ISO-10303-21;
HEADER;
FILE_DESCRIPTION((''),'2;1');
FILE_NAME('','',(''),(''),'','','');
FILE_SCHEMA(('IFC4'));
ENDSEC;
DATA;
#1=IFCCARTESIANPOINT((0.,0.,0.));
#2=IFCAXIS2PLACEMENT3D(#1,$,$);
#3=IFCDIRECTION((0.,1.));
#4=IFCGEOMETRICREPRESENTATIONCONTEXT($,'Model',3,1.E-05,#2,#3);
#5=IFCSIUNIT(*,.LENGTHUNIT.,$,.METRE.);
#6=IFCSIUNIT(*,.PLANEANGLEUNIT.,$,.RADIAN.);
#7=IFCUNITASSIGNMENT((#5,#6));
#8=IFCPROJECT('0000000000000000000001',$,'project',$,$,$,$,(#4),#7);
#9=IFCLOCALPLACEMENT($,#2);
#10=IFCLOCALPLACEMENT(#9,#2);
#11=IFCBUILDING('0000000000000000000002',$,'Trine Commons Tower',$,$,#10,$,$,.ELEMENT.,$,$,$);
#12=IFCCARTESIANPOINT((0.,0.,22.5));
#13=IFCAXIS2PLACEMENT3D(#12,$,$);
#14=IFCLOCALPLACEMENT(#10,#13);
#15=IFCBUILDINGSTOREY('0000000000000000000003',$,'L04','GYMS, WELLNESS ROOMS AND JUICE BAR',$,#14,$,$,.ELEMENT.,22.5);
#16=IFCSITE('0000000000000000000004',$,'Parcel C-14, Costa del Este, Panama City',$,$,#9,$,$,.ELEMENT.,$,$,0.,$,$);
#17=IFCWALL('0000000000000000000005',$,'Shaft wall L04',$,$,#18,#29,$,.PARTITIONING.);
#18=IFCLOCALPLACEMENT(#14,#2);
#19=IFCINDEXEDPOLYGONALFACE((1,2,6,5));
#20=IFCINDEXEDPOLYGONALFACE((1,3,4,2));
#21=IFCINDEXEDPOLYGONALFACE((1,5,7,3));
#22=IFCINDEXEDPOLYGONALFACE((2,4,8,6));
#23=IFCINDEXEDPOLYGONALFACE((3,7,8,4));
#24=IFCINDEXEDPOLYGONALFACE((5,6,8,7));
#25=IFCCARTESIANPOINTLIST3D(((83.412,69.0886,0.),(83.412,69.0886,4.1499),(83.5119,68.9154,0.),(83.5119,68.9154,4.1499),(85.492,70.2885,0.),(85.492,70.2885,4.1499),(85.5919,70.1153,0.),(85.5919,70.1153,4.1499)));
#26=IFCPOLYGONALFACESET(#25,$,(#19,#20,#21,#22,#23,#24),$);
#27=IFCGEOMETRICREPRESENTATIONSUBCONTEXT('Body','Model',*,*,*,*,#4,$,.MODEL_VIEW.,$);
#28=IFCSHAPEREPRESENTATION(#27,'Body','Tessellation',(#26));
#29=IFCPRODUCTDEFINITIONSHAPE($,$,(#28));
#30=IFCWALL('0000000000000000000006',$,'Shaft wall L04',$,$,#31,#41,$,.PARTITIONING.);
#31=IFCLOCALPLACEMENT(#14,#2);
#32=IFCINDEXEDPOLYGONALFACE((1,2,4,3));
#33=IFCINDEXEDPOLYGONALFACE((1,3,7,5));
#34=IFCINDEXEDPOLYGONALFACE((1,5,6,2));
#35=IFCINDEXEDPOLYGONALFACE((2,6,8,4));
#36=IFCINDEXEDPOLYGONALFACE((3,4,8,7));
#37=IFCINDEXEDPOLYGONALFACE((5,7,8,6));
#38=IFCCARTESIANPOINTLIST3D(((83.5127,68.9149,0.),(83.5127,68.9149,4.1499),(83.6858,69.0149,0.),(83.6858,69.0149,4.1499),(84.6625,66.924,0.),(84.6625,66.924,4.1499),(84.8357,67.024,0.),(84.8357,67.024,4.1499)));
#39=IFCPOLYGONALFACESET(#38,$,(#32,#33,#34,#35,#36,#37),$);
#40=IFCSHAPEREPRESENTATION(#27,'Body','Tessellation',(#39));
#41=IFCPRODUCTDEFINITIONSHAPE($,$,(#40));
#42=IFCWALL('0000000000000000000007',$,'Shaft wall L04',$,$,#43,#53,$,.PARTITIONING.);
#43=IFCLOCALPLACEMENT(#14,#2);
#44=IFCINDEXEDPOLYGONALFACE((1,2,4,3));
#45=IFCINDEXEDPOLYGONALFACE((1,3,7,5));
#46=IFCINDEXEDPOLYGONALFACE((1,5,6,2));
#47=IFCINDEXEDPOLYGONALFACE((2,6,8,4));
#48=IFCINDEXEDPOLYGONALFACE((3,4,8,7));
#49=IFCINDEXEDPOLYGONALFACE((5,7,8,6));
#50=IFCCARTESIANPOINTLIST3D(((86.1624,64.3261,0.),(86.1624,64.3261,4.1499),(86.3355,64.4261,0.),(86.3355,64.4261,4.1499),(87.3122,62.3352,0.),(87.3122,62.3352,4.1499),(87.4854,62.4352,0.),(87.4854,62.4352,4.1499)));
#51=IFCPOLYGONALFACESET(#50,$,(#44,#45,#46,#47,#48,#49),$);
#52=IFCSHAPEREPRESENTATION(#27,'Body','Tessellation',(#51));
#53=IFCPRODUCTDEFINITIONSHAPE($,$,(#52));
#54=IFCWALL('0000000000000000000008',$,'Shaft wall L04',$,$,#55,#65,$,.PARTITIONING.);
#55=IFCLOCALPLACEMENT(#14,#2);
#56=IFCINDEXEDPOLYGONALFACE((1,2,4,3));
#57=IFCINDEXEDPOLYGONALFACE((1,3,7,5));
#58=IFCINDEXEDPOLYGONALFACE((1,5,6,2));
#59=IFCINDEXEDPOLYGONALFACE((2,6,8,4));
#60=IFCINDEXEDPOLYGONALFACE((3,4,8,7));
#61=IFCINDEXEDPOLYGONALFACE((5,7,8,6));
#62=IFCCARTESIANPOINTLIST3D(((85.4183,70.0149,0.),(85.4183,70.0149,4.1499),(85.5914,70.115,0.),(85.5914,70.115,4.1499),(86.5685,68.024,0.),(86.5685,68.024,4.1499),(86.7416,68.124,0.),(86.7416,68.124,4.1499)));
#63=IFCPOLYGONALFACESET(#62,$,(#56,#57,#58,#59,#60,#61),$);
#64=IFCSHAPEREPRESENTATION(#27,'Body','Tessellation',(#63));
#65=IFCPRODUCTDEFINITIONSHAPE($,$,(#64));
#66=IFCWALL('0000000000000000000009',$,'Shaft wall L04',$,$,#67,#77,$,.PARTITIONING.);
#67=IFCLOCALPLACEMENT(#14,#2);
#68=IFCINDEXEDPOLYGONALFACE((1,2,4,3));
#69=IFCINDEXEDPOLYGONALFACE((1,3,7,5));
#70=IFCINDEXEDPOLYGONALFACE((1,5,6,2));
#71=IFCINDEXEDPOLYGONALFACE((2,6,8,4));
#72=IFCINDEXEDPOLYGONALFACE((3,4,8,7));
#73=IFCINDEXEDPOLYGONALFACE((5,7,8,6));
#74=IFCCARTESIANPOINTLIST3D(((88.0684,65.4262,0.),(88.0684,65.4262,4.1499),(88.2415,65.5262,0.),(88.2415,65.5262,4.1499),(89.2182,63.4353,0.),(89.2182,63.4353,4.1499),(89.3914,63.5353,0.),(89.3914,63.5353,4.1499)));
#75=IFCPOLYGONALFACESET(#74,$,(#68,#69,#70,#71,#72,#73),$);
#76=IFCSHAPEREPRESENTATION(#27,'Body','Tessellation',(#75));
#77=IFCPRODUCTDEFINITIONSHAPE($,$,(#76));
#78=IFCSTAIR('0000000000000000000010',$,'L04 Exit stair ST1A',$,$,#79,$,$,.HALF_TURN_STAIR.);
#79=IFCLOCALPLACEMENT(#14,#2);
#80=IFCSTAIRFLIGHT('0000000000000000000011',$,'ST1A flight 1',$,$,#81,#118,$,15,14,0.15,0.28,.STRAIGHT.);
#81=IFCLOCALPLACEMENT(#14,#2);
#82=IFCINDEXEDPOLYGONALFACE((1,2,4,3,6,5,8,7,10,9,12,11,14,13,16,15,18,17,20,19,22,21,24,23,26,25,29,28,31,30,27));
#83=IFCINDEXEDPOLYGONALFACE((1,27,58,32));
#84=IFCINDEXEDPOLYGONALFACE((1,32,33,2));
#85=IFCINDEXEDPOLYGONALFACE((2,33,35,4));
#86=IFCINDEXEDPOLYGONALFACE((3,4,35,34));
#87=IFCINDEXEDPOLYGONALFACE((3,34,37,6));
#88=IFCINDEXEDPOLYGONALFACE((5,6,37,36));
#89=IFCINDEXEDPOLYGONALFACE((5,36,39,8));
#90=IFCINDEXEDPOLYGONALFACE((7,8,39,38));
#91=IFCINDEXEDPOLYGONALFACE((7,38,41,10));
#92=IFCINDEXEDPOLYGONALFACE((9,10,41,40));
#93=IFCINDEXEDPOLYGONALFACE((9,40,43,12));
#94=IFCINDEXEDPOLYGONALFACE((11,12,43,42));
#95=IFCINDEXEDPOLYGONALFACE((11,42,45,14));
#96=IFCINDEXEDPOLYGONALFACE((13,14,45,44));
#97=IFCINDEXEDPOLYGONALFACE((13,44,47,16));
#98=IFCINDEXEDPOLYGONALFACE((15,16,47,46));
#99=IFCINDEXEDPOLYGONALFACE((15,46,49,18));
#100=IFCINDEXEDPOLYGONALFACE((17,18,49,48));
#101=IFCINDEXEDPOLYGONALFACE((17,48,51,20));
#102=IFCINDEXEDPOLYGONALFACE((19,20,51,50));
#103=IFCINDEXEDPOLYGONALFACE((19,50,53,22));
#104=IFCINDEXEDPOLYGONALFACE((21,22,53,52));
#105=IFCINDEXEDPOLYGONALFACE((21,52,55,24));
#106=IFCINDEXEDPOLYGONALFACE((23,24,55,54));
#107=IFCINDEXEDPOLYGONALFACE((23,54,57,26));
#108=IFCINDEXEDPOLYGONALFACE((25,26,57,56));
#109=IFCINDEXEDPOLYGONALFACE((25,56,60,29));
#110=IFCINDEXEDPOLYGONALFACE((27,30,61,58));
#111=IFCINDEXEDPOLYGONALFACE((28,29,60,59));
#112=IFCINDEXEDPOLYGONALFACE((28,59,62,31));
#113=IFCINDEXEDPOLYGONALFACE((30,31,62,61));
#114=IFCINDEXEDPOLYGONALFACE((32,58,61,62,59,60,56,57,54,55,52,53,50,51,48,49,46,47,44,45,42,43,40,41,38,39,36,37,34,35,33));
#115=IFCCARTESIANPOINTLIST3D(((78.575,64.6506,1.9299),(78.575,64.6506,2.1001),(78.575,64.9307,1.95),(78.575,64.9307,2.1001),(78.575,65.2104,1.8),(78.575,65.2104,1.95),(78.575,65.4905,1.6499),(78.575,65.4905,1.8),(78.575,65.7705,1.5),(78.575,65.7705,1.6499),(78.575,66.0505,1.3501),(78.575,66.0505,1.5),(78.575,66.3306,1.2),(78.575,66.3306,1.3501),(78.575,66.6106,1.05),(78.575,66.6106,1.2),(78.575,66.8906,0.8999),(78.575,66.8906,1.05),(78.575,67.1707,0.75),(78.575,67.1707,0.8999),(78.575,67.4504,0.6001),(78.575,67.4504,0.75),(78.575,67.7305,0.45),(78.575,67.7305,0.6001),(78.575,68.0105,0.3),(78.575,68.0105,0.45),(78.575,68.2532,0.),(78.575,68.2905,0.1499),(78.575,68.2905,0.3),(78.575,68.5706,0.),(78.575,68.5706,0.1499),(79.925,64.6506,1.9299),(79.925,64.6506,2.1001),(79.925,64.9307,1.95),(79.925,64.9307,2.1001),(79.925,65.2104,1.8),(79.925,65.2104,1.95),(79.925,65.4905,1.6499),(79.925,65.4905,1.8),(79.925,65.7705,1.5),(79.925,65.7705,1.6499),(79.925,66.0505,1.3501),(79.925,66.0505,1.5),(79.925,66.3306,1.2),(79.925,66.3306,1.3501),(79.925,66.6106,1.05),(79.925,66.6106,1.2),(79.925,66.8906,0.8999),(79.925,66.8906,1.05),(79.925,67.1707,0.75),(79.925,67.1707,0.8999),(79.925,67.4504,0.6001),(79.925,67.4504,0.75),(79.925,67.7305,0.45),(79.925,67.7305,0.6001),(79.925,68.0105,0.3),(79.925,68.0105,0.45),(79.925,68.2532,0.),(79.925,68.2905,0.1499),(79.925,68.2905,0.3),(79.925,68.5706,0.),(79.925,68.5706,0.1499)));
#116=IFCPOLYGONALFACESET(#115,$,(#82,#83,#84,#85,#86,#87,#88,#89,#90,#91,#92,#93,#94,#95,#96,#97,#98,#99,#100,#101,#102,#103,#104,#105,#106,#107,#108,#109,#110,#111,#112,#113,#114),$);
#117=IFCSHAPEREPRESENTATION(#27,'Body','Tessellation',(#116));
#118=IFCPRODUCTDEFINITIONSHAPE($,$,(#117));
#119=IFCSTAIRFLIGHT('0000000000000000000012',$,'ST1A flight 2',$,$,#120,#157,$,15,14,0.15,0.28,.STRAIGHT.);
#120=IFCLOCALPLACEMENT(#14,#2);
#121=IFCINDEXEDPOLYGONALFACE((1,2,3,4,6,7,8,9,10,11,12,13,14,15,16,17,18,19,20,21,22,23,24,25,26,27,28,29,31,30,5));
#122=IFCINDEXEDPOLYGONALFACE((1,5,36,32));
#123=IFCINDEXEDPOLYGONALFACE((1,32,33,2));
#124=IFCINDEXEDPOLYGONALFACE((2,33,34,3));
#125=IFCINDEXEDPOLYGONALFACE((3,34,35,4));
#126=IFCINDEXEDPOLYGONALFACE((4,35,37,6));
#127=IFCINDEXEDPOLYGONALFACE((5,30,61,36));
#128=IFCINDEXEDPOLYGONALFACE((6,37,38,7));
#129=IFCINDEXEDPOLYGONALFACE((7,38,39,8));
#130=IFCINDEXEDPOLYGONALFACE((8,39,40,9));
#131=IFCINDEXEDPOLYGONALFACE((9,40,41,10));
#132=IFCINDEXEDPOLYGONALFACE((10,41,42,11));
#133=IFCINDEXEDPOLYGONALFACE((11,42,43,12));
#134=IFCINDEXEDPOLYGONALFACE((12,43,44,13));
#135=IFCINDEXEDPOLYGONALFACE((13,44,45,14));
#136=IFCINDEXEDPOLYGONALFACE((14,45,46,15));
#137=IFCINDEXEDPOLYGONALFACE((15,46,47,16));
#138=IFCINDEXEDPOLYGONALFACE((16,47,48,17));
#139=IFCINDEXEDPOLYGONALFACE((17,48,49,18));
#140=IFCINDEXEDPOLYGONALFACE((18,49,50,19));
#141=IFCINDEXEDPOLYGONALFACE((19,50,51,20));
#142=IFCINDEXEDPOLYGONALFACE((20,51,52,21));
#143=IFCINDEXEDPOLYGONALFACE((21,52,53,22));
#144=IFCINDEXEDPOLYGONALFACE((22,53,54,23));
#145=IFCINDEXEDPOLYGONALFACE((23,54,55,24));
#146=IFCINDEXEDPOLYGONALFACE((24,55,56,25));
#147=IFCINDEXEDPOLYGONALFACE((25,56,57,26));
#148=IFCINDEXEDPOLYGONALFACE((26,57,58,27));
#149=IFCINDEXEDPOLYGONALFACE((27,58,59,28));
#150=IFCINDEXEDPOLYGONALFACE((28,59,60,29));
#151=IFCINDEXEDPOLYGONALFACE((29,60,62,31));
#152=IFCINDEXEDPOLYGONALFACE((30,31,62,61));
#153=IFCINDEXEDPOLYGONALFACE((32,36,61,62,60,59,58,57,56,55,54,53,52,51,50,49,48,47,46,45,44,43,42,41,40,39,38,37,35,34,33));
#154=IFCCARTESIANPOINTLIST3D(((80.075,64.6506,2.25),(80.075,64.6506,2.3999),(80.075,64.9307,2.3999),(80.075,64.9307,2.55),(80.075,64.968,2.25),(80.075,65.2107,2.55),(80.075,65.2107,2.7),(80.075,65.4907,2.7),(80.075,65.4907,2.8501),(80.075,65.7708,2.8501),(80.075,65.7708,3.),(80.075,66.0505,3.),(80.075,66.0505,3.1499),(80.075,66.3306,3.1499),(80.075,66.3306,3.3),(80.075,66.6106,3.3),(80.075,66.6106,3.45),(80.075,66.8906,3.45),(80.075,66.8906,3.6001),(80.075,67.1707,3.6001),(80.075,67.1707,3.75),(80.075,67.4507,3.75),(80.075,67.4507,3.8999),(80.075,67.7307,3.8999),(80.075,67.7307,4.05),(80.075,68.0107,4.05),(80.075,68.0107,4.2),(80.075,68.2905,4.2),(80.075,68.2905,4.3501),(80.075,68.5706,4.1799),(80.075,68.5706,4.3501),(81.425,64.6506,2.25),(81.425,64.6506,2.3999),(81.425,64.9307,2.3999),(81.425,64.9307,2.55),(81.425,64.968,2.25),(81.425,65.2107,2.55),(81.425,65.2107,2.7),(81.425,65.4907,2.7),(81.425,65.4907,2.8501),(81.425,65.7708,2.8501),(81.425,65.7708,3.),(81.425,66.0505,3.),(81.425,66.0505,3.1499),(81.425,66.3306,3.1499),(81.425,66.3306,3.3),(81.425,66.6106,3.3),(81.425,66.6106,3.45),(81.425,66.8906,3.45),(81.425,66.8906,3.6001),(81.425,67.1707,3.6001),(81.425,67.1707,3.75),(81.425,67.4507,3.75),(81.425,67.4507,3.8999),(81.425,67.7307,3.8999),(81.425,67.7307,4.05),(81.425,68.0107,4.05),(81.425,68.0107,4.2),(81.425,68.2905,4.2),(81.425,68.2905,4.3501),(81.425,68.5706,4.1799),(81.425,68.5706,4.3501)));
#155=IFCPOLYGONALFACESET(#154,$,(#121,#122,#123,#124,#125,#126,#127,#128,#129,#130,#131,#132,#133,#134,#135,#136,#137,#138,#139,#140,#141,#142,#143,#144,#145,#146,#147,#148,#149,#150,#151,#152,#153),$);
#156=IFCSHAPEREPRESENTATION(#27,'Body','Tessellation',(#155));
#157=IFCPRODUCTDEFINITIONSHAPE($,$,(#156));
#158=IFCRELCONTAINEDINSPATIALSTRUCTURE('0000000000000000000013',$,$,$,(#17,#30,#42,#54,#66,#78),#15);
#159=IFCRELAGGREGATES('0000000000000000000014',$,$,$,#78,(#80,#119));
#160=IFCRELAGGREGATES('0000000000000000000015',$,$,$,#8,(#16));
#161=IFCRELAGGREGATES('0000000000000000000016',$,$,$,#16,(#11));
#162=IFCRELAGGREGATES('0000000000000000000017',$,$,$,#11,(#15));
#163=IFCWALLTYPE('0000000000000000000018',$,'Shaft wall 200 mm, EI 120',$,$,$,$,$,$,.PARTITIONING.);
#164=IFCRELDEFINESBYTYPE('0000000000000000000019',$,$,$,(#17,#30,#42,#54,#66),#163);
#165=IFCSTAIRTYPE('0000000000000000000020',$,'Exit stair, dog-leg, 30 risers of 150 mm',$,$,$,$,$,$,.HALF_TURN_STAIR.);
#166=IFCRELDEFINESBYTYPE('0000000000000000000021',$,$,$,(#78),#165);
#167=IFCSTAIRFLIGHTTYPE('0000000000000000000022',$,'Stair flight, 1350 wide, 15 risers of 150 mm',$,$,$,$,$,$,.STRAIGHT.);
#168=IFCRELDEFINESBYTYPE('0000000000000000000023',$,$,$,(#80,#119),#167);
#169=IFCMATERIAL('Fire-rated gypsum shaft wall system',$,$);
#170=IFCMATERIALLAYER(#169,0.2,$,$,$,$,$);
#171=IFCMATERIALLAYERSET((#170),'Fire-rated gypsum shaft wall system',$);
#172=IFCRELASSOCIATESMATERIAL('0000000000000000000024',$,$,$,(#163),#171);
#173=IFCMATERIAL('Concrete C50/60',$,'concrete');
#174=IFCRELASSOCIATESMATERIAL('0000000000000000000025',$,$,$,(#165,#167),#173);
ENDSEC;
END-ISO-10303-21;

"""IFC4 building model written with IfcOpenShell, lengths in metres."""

from ifc_helpers import new_model, si_unit, direction, frame, frame_2d, origin, place, context, subcontext, project, spatial, polyline, rectangle, outline, extrude, material, layer, layer_set, type_object, element, aggregate, save


model = new_model("IFC4")

# Units and contexts
model_context = context("Model", 3, precision=1e-05, world=origin(), true_north=direction((0.0, 1.0)))
body_context = subcontext(model_context, "Body", "Model", "MODEL_VIEW")
ifc_project = project(units=[si_unit("LENGTHUNIT", "METRE"), si_unit("PLANEANGLEUNIT", "RADIAN")], contexts=[model_context])

# Site, building, storey
site_placement = place(None, origin())
site = spatial("IfcSite", under=ifc_project, at=site_placement, Name="Parcel C-14, Costa del Este, Panama City", CompositionType="ELEMENT", RefElevation=0.0)
building_placement = place(site_placement, origin())
building = spatial("IfcBuilding", under=site, at=building_placement, Name="Trine Commons Tower", CompositionType="ELEMENT")
storey_placement = place(building_placement, frame((0.0, 0.0, 22.5)))
storey = spatial("IfcBuildingStorey", under=building, at=storey_placement, Name="L04", Description="GYMS, WELLNESS ROOMS AND JUICE BAR", CompositionType="ELEMENT", Elevation=22.5)

# Shared definitions
ifc_material_1 = material(Name="Concrete C50/60", Category="concrete")

# Walls
ifc_material_2 = material(Name="Fire-rated gypsum shaft wall system")
ifc_layer_1 = layer(ifc_material_2, 0.2)
ifc_layer_set_1 = layer_set([ifc_layer_1], Name="Fire-rated gypsum shaft wall system")
wall_type_1 = type_object("IfcWallType", Name="Shaft wall 200 mm, EI 120", PredefinedType="PARTITIONING", material=ifc_layer_set_1)
wall_1_placement = place(storey_placement, frame((83.4619, 69.002, 0.0), z_axis=(0.0, 0.0, 1.0), x_axis=(0.866203, 0.499693, 0.0)))
element("IfcWall", 1, at=wall_1_placement, inside=storey, type_object=wall_type_1, Name="Shaft wall L04", PredefinedType="PARTITIONING", context=body_context, shape_type="SweptSolid", body=[
    extrude(rectangle(XDim=2.4014, YDim=0.2, at=frame_2d((1.2007, 0.0))), origin(), (0.0, 0.0, 1.0), 4.1499),
])
for number, where, z_axis, x_axis, name in (
    (2, (84.749, 66.9741, 0.0), (0.0, 0.0, 1.0), (-0.500136, 0.865947, 0.0), "Shaft wall L04"),
    (3, (86.249, 64.376, 0.0), (0.0, 0.0, 1.0), (0.500136, -0.865947, 0.0), "Shaft wall L04"),
):
    element("IfcWall", number, at=place(storey_placement, frame(where, z_axis=z_axis, x_axis=x_axis)), inside=storey, type_object=wall_type_1, Name=name, PredefinedType="PARTITIONING", context=body_context, shape_type="SweptSolid", body=[
        extrude(rectangle(XDim=2.2991, YDim=0.2, at=frame_2d((1.1494, 0.0))), origin(), (0.0, 0.0, 1.0), 4.1499),
    ])
wall_2_placement = place(storey_placement, frame((86.655, 68.074, 0.0), z_axis=(0.0, 0.0, 1.0), x_axis=(-0.500216, 0.865901, 0.0)))
element("IfcWall", 4, at=wall_2_placement, inside=storey, type_object=wall_type_1, Name="Shaft wall L04", PredefinedType="PARTITIONING", context=body_context, shape_type="SweptSolid", body=[
    extrude(rectangle(XDim=2.2993, YDim=0.2, at=frame_2d((1.1497, 0.0))), origin(), (0.0, 0.0, 1.0), 4.1499),
])
wall_3_placement = place(storey_placement, frame((88.155, 65.4761, 0.0), z_axis=(0.0, 0.0, 1.0), x_axis=(0.500136, -0.865947, 0.0)))
element("IfcWall", 5, at=wall_3_placement, inside=storey, type_object=wall_type_1, Name="Shaft wall L04", PredefinedType="PARTITIONING", context=body_context, shape_type="SweptSolid", body=[
    extrude(rectangle(XDim=2.2991, YDim=0.2, at=frame_2d((1.1494, 0.0))), origin(), (0.0, 0.0, 1.0), 4.1499),
])

# Stair, stair flights
stair_type = type_object("IfcStairType", Name="Exit stair, dog-leg, 30 risers of 150 mm", PredefinedType="HALF_TURN_STAIR", material=ifc_material_1)
stair_placement = place(storey_placement, origin())
stair = element("IfcStair", 6, at=stair_placement, inside=storey, type_object=stair_type, Name="L04 Exit stair ST1A", PredefinedType="HALF_TURN_STAIR")
stair_flight_type = type_object("IfcStairFlightType", Name="Stair flight, 1350 wide, 15 risers of 150 mm", PredefinedType="STRAIGHT", material=ifc_material_1)
stair_flight_1_placement = place(storey_placement, frame((79.25, 68.5706, 0.0), z_axis=(0.0, 0.0, 1.0), x_axis=(0.0, -1.0, 0.0)))
stair_flight_1 = element("IfcStairFlight", 7, at=stair_flight_1_placement, type_object=stair_flight_type, Name="ST1A flight 1", NumberOfRisers=15, NumberOfTreads=14, PredefinedType="STRAIGHT", RiserHeight=0.15, TreadLength=0.28, context=body_context, shape_type="SweptSolid", body=[
    extrude(outline(polyline([(0.0, 0.0), (0.0, 0.1499), (0.28, 0.1499), (0.28, 0.3), (0.5601, 0.3), (0.5601, 0.45), (0.8401, 0.45), (0.8401, 0.6001), (1.1201, 0.6001), (1.1201, 0.75), (1.3999, 0.75), (1.3999, 0.8999), (1.6799, 0.8999), (1.6799, 1.05), (1.96, 1.05), (1.96, 1.2), (2.24, 1.2), (2.24, 1.3501), (2.52, 1.3501), (2.52, 1.5), (2.8, 1.5), (2.8, 1.6499), (3.0801, 1.6499), (3.0801, 1.8), (3.3601, 1.8), (3.3601, 1.95), (3.6399, 1.95), (3.6399, 2.1001), (3.9199, 2.1001), (3.9199, 2.25), (3.9199, 1.9299), (0.3174, 0.0), (0.0, 0.0)])), frame((0.0, 0.675, 0.0), z_axis=(0.0, -1.0, 0.0), x_axis=(1.0, 0.0, 0.0)), (0.0, 0.0, 1.0), 1.3501),
])
stair_flight_2_placement = place(storey_placement, frame((80.75, 64.6506, 2.25), z_axis=(0.0, 0.0, 1.0), x_axis=(0.0, 1.0, 0.0)))
stair_flight_2 = element("IfcStairFlight", 8, at=stair_flight_2_placement, type_object=stair_flight_type, Name="ST1A flight 2", NumberOfRisers=15, NumberOfTreads=14, PredefinedType="STRAIGHT", RiserHeight=0.15, TreadLength=0.28, context=body_context, shape_type="SweptSolid", body=[
    extrude(outline(polyline([(0.0, 0.0), (0.0, 0.1499), (0.28, 0.1499), (0.28, 0.3), (0.5601, 0.3), (0.5601, 0.45), (0.8401, 0.45), (0.8401, 0.6001), (1.1201, 0.6001), (1.1201, 0.75), (1.3999, 0.75), (1.3999, 0.8999), (1.6799, 0.8999), (1.6799, 1.05), (1.96, 1.05), (1.96, 1.2), (2.24, 1.2), (2.24, 1.3501), (2.52, 1.3501), (2.52, 1.5), (2.8, 1.5), (2.8, 1.6499), (3.0801, 1.6499), (3.0801, 1.8), (3.3601, 1.8), (3.3601, 1.95), (3.6399, 1.95), (3.6399, 2.1001), (3.9199, 2.1001), (3.9199, 2.25), (3.9199, 1.9299), (0.3174, 0.0), (0.0, 0.0)])), frame((0.0, 0.675, 0.0), z_axis=(0.0, -1.0, 0.0), x_axis=(1.0, 0.0, 0.0)), (0.0, 0.0, 1.0), 1.3501),
])
aggregate(stair, [stair_flight_1, stair_flight_2])

save(model, "model.ifc")
